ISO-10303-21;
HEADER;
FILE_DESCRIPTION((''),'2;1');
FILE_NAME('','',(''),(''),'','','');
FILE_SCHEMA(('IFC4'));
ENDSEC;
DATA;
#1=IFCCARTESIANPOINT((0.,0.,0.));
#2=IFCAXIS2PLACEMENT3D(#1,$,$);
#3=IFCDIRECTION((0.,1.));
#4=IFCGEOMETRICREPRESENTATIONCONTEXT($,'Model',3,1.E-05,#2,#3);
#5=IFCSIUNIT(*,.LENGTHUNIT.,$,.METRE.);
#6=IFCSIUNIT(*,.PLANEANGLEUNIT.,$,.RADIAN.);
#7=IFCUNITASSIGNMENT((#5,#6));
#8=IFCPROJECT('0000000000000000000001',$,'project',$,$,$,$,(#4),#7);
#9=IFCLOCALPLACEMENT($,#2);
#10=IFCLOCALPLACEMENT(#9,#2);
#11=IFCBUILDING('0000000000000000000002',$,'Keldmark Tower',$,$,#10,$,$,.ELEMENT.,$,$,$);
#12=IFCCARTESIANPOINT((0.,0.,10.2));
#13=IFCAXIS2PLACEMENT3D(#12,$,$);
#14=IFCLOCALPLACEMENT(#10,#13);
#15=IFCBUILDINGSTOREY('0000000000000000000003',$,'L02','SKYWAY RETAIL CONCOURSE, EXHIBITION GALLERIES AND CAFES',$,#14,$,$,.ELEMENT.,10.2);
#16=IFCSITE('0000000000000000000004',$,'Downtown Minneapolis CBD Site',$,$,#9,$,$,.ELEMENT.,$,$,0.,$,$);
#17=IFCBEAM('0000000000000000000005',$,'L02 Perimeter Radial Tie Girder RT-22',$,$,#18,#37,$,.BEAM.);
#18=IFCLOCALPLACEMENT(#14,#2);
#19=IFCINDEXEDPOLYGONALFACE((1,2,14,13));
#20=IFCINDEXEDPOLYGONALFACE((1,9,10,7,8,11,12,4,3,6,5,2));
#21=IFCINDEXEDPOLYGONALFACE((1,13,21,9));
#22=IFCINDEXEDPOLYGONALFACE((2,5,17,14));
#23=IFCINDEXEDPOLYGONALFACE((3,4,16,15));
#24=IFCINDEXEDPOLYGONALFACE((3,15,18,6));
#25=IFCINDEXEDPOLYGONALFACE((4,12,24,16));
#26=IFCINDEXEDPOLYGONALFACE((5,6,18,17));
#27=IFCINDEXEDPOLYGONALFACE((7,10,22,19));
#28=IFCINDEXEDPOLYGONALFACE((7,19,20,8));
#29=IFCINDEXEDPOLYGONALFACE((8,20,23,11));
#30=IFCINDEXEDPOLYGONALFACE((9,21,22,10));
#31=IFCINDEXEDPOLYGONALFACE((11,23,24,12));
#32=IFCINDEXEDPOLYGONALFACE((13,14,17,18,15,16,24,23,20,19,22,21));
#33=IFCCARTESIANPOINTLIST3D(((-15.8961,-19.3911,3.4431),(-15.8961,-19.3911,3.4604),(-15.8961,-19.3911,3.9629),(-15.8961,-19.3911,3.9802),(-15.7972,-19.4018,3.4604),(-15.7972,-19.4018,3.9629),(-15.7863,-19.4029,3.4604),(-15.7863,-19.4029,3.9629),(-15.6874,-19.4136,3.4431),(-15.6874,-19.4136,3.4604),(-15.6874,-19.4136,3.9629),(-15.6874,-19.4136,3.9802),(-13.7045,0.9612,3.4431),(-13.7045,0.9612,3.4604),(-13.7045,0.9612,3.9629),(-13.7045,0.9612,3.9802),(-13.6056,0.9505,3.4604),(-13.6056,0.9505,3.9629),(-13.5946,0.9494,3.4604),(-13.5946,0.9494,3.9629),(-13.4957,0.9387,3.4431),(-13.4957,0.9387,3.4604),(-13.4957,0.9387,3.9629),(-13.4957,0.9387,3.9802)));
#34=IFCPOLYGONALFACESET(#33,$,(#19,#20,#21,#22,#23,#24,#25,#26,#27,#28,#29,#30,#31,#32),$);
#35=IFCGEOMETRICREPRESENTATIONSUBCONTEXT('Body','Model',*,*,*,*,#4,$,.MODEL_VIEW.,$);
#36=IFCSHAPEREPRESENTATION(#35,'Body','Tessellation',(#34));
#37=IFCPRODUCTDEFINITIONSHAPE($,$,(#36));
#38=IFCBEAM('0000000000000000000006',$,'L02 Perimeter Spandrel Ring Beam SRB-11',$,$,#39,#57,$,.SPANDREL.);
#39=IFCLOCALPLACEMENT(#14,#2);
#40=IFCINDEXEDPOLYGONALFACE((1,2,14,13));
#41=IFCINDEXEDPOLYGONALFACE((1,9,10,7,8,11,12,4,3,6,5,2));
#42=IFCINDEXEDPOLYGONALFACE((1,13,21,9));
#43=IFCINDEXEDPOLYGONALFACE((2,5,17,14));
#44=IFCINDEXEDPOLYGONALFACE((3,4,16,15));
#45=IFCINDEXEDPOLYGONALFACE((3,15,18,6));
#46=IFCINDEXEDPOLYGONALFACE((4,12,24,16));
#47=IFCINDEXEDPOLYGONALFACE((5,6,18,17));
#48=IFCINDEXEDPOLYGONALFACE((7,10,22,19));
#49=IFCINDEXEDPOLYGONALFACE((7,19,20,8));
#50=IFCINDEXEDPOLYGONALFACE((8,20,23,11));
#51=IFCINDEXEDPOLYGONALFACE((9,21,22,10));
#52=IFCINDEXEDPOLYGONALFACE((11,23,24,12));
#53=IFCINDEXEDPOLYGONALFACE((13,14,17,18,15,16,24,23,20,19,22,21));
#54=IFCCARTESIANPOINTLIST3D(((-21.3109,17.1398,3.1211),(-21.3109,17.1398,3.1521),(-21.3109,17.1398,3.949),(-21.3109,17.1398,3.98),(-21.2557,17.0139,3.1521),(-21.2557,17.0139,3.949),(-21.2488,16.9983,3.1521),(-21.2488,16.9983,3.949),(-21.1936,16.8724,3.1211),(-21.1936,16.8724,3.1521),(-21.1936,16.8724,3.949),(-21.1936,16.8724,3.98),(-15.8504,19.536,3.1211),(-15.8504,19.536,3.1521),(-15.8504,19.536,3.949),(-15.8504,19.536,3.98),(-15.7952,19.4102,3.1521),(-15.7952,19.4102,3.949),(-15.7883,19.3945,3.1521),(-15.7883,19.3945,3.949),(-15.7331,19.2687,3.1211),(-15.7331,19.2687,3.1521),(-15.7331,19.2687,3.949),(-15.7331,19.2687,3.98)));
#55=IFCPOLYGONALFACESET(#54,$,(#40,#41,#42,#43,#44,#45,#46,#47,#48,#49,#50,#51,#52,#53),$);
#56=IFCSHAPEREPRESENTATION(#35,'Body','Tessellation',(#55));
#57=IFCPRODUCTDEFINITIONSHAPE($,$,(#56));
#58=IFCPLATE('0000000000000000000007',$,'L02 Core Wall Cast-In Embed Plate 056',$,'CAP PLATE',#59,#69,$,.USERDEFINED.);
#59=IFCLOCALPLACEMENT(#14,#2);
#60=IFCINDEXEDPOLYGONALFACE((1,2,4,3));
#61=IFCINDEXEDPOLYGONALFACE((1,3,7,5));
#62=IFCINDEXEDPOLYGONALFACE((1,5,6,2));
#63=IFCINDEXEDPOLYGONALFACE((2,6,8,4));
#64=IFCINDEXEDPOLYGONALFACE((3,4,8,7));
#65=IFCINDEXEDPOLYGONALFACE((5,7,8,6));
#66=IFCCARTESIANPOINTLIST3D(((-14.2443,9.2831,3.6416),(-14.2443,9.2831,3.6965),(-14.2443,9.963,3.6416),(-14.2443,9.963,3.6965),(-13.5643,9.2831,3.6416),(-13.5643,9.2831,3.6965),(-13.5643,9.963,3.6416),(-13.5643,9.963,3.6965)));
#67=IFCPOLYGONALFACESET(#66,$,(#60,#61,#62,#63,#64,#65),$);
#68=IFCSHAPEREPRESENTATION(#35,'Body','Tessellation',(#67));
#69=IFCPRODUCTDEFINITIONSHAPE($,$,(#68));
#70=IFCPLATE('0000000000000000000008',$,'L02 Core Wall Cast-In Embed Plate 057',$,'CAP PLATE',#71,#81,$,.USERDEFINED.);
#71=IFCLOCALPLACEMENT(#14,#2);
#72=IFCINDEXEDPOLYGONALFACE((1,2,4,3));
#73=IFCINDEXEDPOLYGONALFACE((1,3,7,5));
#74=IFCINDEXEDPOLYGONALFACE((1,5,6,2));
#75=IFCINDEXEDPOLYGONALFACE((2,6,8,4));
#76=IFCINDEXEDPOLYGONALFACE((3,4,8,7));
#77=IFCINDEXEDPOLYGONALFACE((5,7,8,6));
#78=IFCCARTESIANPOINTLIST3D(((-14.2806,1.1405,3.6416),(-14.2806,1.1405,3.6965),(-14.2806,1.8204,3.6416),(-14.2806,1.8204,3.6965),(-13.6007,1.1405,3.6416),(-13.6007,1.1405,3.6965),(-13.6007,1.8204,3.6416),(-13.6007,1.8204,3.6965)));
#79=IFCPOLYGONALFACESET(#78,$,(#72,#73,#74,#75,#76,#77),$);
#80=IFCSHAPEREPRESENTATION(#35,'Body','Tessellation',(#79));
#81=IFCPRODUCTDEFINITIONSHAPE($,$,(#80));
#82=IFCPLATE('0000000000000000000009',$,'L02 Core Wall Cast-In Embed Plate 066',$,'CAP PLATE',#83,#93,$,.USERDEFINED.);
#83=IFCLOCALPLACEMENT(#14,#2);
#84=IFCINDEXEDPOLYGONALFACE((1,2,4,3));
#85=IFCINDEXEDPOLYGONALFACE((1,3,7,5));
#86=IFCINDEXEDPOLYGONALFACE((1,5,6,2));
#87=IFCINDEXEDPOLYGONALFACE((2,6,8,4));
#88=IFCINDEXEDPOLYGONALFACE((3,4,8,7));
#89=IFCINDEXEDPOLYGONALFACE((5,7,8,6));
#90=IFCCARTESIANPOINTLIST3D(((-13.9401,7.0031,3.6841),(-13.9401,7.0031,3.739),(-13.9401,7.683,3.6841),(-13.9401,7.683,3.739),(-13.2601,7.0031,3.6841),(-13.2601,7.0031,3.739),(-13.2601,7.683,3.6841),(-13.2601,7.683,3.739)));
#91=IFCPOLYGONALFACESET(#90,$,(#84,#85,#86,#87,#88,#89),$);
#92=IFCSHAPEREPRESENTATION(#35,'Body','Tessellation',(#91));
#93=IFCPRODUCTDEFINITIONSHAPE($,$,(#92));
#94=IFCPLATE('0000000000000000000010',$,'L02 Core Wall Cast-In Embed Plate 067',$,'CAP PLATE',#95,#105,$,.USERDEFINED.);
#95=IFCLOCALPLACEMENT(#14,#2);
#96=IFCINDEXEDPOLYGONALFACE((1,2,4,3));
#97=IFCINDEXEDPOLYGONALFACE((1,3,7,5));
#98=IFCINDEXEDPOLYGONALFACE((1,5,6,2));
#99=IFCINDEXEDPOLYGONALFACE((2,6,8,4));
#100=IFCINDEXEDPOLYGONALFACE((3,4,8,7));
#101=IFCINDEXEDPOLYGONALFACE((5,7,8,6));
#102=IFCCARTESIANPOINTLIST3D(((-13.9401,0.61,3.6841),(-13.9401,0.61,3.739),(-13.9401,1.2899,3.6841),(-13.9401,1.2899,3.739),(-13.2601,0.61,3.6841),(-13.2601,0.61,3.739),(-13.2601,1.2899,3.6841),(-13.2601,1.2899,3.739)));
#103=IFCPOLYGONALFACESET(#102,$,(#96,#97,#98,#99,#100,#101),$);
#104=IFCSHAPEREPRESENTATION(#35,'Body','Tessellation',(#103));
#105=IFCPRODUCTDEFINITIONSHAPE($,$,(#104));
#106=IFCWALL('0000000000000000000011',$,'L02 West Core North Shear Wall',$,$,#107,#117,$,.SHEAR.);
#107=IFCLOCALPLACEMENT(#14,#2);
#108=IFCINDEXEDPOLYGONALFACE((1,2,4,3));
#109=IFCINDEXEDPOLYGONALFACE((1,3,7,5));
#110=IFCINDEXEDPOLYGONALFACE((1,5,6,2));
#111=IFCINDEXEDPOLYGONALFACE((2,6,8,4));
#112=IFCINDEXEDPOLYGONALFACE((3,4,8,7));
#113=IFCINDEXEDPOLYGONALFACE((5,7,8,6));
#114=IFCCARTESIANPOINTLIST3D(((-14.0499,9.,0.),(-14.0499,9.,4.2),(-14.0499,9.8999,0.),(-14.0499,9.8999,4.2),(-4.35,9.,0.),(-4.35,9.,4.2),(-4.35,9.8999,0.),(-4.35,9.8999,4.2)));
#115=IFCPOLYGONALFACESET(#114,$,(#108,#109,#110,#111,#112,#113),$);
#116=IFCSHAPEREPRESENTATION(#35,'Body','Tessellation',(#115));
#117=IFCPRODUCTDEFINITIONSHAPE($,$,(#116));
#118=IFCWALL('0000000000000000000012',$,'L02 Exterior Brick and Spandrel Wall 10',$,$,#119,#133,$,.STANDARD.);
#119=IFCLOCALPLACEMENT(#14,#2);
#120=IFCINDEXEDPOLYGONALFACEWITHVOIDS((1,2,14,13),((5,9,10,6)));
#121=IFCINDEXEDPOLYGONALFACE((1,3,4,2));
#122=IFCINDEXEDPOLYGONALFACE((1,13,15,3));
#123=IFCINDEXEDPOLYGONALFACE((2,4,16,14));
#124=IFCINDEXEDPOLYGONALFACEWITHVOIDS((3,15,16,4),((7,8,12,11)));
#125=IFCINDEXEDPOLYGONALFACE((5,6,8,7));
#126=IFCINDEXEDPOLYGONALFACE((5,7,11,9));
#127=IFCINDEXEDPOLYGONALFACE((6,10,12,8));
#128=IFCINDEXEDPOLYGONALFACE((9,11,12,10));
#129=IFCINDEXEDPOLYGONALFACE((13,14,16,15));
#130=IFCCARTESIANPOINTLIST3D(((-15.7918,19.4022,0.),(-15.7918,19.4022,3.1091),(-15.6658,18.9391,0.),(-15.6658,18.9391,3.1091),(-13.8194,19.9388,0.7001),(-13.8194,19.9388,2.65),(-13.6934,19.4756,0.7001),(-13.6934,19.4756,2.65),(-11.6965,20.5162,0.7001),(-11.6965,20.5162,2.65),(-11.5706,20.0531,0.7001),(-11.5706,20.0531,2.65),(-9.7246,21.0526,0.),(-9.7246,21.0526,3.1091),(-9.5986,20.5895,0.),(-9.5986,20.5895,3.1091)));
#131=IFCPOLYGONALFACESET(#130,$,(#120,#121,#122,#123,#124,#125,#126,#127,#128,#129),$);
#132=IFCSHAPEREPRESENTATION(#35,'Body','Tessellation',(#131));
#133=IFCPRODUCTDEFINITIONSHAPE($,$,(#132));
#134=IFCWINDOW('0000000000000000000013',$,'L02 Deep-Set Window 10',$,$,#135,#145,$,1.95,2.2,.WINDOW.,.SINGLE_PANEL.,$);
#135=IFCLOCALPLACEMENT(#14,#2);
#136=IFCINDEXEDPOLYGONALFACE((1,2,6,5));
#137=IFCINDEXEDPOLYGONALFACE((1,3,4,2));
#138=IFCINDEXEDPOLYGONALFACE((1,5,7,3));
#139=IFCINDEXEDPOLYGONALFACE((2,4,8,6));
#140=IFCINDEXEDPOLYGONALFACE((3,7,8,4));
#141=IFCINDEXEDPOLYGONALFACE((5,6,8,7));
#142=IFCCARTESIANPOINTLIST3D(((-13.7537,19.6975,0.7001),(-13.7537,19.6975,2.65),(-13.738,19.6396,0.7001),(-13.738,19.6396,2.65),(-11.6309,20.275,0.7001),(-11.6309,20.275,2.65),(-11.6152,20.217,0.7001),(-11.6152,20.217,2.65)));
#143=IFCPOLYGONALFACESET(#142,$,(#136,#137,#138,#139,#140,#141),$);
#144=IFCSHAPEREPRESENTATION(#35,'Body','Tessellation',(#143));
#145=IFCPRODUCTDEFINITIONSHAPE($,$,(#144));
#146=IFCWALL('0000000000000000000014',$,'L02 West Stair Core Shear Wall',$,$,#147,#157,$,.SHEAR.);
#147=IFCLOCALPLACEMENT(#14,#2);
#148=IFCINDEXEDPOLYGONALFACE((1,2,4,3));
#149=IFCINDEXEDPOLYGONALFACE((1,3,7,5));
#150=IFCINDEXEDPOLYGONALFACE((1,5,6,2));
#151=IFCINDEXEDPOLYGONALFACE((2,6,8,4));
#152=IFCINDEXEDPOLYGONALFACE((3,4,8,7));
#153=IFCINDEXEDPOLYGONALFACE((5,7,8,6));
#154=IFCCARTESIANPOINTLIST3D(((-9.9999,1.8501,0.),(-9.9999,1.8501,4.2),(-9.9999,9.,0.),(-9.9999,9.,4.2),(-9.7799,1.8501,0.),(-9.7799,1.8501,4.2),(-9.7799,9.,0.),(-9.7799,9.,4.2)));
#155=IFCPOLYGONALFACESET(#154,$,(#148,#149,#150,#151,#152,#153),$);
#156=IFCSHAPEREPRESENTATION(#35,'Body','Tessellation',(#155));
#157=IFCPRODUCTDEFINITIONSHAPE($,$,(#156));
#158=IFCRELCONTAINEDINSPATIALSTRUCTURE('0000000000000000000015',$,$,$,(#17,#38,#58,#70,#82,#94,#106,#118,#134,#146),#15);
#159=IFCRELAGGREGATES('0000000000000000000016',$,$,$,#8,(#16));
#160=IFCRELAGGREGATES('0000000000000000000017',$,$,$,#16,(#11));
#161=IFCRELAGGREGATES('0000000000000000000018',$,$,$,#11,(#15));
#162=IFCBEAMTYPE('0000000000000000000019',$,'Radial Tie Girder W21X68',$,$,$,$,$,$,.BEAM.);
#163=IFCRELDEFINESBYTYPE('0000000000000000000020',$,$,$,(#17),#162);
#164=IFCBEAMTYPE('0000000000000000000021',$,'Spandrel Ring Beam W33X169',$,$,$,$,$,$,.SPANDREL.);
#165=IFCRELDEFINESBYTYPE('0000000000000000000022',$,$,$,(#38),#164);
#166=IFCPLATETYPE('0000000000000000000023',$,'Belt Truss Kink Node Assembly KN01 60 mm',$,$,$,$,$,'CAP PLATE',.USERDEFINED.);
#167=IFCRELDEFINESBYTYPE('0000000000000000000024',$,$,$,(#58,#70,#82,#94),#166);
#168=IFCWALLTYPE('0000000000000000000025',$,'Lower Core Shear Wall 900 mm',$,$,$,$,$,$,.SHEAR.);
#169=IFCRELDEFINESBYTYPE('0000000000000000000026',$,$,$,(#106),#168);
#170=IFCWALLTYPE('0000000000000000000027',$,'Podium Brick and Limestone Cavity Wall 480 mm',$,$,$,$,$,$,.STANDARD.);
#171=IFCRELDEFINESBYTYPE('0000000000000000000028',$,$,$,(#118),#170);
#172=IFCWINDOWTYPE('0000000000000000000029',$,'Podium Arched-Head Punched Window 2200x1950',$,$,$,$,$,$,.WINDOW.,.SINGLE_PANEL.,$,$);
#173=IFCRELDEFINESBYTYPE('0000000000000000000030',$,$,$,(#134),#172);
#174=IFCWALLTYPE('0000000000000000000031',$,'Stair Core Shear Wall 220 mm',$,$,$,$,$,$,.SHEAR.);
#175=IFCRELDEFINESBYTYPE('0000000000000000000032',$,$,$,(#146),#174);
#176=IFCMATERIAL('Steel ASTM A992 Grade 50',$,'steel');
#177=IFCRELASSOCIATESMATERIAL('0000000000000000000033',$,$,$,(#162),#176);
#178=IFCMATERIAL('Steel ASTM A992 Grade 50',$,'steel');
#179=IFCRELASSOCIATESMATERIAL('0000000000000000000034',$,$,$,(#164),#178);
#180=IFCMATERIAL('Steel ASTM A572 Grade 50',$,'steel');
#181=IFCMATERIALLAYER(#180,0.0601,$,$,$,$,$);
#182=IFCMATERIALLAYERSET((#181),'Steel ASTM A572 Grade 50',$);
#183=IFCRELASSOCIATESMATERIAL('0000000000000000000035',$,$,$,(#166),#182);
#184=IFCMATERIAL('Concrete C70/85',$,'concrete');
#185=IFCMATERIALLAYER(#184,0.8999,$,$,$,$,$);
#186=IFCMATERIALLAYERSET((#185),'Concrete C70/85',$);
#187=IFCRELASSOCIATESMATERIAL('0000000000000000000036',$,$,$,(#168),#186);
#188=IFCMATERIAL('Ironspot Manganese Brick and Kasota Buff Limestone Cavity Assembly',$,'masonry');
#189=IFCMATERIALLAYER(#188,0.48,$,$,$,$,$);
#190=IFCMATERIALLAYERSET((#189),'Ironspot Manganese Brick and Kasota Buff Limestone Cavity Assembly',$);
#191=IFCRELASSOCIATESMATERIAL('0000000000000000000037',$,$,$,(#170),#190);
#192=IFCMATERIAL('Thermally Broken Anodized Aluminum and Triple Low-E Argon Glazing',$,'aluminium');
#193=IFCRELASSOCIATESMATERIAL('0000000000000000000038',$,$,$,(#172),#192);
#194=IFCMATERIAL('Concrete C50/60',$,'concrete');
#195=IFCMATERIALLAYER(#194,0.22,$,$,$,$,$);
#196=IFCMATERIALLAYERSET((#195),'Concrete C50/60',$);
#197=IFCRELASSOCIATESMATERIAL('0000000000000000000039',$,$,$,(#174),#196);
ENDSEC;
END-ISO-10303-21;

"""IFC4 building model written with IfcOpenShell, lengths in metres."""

from ifc_helpers import new_model, si_unit, direction, frame, frame_2d, origin, origin_2d, place, context, subcontext, project, spatial, rectangle, i_section, extrude, material, layer, layer_set, material_profile, profile_set, type_object, element, fill, save


model = new_model("IFC4")

# Units and contexts
model_context = context("Model", 3, precision=1e-05, world=origin(), true_north=direction((0.0, 1.0)))
body_context = subcontext(model_context, "Body", "Model", "MODEL_VIEW")
ifc_project = project(units=[si_unit("LENGTHUNIT", "METRE"), si_unit("PLANEANGLEUNIT", "RADIAN")], contexts=[model_context])

# Site, building, storey
site_placement = place(None, origin())
site = spatial("IfcSite", under=ifc_project, at=site_placement, Name="Downtown Minneapolis CBD Site", CompositionType="ELEMENT", RefElevation=0.0)
building_placement = place(site_placement, origin())
building = spatial("IfcBuilding", under=site, at=building_placement, Name="Keldmark Tower", CompositionType="ELEMENT")
storey_placement = place(building_placement, frame((0.0, 0.0, 10.2)))
storey = spatial("IfcBuildingStorey", under=building, at=storey_placement, Name="L02", Description="SKYWAY RETAIL CONCOURSE, EXHIBITION GALLERIES AND CAFES", CompositionType="ELEMENT", Elevation=10.2)

# Beams
ifc_material_1 = material(Name="Steel ASTM A992 Grade 50", Category="steel")
ifc_material_profile_1 = material_profile(ifc_material_1, i_section(OverallWidth=0.21, OverallDepth=0.5371, WebThickness=0.011, FlangeThickness=0.0173, at=origin_2d()), Name="W21X68")
ifc_profile_set_1 = profile_set([ifc_material_profile_1], Name="Steel ASTM A992 Grade 50")
beam_type_1 = type_object("IfcBeamType", Name="Radial Tie Girder W21X68", PredefinedType="BEAM", material=ifc_profile_set_1)
beam_1_placement = place(storey_placement, frame((-13.6001, 0.95, 3.7117), z_axis=(-0.107067, -0.994252, 0.0), x_axis=(0.994252, -0.107067, 0.0)))
element("IfcBeam", 1, at=beam_1_placement, inside=storey, type_object=beam_type_1, Name="L02 Perimeter Radial Tie Girder RT-22", PredefinedType="BEAM", context=body_context, shape_type="SweptSolid", body=[
    extrude(i_section(OverallWidth=0.21, OverallDepth=0.5371, WebThickness=0.011, FlangeThickness=0.0173, at=origin_2d()), origin(), (0.0, 0.0, 1.0), 20.47),
])
ifc_material_2 = material(Name="Steel ASTM A992 Grade 50", Category="steel")
ifc_material_profile_2 = material_profile(ifc_material_2, i_section(OverallWidth=0.292, OverallDepth=0.8589, WebThickness=0.0171, FlangeThickness=0.031, at=origin_2d()), Name="W33X169")
ifc_profile_set_2 = profile_set([ifc_material_profile_2], Name="Steel ASTM A992 Grade 50")
beam_type_2 = type_object("IfcBeamType", Name="Spandrel Ring Beam W33X169", PredefinedType="SPANDREL", material=ifc_profile_set_2)
beam_2_placement = place(storey_placement, frame((-15.7917, 19.4023, 3.5505), z_axis=(-0.915708, -0.401845, 0.0), x_axis=(0.401845, -0.915708, 0.0)))
element("IfcBeam", 2, at=beam_2_placement, inside=storey, type_object=beam_type_2, Name="L02 Perimeter Spandrel Ring Beam SRB-11", PredefinedType="SPANDREL", context=body_context, shape_type="SweptSolid", body=[
    extrude(i_section(OverallWidth=0.292, OverallDepth=0.8589, WebThickness=0.0171, FlangeThickness=0.031, at=origin_2d()), origin(), (0.0, 0.0, 1.0), 5.9631),
])

# Plates
ifc_material_3 = material(Name="Steel ASTM A572 Grade 50", Category="steel")
ifc_layer_1 = layer(ifc_material_3, 0.0601)
ifc_layer_set_1 = layer_set([ifc_layer_1], Name="Steel ASTM A572 Grade 50")
plate_type = type_object("IfcPlateType", Name="Belt Truss Kink Node Assembly KN01 60 mm", ElementType="CAP PLATE", PredefinedType="USERDEFINED", material=ifc_layer_set_1)
for number, where, z_axis, x_axis, name in (
    (3, (-13.9043, 9.623, 3.6416), (0.0, 0.0, 1.0), (1.0, 0.0, 0.0), "L02 Core Wall Cast-In Embed Plate 056"),
    (4, (-13.9407, 1.4805, 3.6416), (0.0, 0.0, 1.0), (1.0, 0.0, 0.0), "L02 Core Wall Cast-In Embed Plate 057"),
    (5, (-13.6001, 7.343, 3.6841), (0.0, 0.0, 1.0), (1.0, 0.0, 0.0), "L02 Core Wall Cast-In Embed Plate 066"),
    (6, (-13.6001, 0.95, 3.6841), (0.0, 0.0, 1.0), (1.0, 0.0, 0.0), "L02 Core Wall Cast-In Embed Plate 067"),
):
    element("IfcPlate", number, at=place(storey_placement, frame(where, z_axis=z_axis, x_axis=x_axis)), inside=storey, type_object=plate_type, Name=name, ObjectType="CAP PLATE", PredefinedType="USERDEFINED", context=body_context, shape_type="SweptSolid", body=[
        extrude(rectangle(XDim=0.6799, YDim=0.6799, at=origin_2d()), origin(), (0.0, 0.0, 1.0), 0.0549),
    ])

# Wall
ifc_material_4 = material(Name="Concrete C70/85", Category="concrete")
ifc_layer_2 = layer(ifc_material_4, 0.8999)
ifc_layer_set_2 = layer_set([ifc_layer_2], Name="Concrete C70/85")
wall_type_1 = type_object("IfcWallType", Name="Lower Core Shear Wall 900 mm", PredefinedType="SHEAR", material=ifc_layer_set_2)
wall_1_placement = place(storey_placement, frame((-14.05, 9.45, 0.0), z_axis=(0.0, 0.0, 1.0), x_axis=(1.0, 0.0, 0.0)))
element("IfcWall", 7, at=wall_1_placement, inside=storey, type_object=wall_type_1, Name="L02 West Core North Shear Wall", PredefinedType="SHEAR", context=body_context, shape_type="SweptSolid", body=[
    extrude(rectangle(XDim=9.7, YDim=0.8999, at=frame_2d((4.8501, 0.0))), origin(), (0.0, 0.0, 1.0), 4.2),
])

# Wall, opening, window
ifc_material_5 = material(Name="Ironspot Manganese Brick and Kasota Buff Limestone Cavity Assembly", Category="masonry")
ifc_layer_3 = layer(ifc_material_5, 0.48)
ifc_layer_set_3 = layer_set([ifc_layer_3], Name="Ironspot Manganese Brick and Kasota Buff Limestone Cavity Assembly")
wall_type_2 = type_object("IfcWallType", Name="Podium Brick and Limestone Cavity Wall 480 mm", PredefinedType="STANDARD", material=ifc_layer_set_3)
wall_2_placement = place(storey_placement, frame((-15.7288, 19.1707, 0.0), z_axis=(0.0, 0.0, 1.0), x_axis=(0.964937, 0.262483, 0.0)))
wall_2 = element("IfcWall", 8, at=wall_2_placement, inside=storey, type_object=wall_type_2, Name="L02 Exterior Brick and Spandrel Wall 10", PredefinedType="STANDARD", context=body_context, shape_type="SweptSolid", body=[
    extrude(rectangle(XDim=6.2876, YDim=0.48, at=frame_2d((3.1438, 0.0))), origin(), (0.0, 0.0, 1.0), 3.1091),
])
opening_1_placement = place(wall_2_placement, frame((2.0439, 0.0, 0.7)))
opening_1 = element("IfcOpeningElement", 9, at=opening_1_placement, cuts=wall_2, PredefinedType="OPENING", context=body_context, shape_type="SweptSolid", body=[
    extrude(rectangle(XDim=2.2, YDim=1.95, at=frame_2d((1.1001, 0.9751))), frame((0.0, 0.25, 0.0), z_axis=(0.0, -1.0, 0.0), x_axis=(1.0, 0.0, 0.0)), (0.0, 0.0, 1.0), 0.5),
])
ifc_material_6 = material(Name="Thermally Broken Anodized Aluminum and Triple Low-E Argon Glazing", Category="aluminium")
window_type = type_object("IfcWindowType", Name="Podium Arched-Head Punched Window 2200x1950", PartitioningType="SINGLE_PANEL", PredefinedType="WINDOW", material=ifc_material_6)
window_placement = place(opening_1_placement, origin())
window = element("IfcWindow", 10, at=window_placement, inside=storey, type_object=window_type, Name="L02 Deep-Set Window 10", OverallHeight=1.95, OverallWidth=2.2, PartitioningType="SINGLE_PANEL", PredefinedType="WINDOW", context=body_context, shape_type="SweptSolid", body=[
    extrude(rectangle(XDim=2.2, YDim=1.95, at=frame_2d((1.1001, 0.9751))), frame((0.0, -0.01, 0.0), z_axis=(0.0, -1.0, 0.0), x_axis=(1.0, 0.0, 0.0)), (0.0, 0.0, 1.0), 0.0601),
])
fill(opening_1, window)

# Wall
ifc_material_7 = material(Name="Concrete C50/60", Category="concrete")
ifc_layer_4 = layer(ifc_material_7, 0.22)
ifc_layer_set_4 = layer_set([ifc_layer_4], Name="Concrete C50/60")
wall_type_3 = type_object("IfcWallType", Name="Stair Core Shear Wall 220 mm", PredefinedType="SHEAR", material=ifc_layer_set_4)
wall_3_placement = place(storey_placement, frame((-9.8899, 1.8501, 0.0), z_axis=(0.0, 0.0, 1.0), x_axis=(0.0, 1.0, 0.0)))
element("IfcWall", 11, at=wall_3_placement, inside=storey, type_object=wall_type_3, Name="L02 West Stair Core Shear Wall", PredefinedType="SHEAR", context=body_context, shape_type="SweptSolid", body=[
    extrude(rectangle(XDim=7.1499, YDim=0.22, at=frame_2d((3.575, 0.0))), origin(), (0.0, 0.0, 1.0), 4.2),
])

save(model, "model.ifc")
